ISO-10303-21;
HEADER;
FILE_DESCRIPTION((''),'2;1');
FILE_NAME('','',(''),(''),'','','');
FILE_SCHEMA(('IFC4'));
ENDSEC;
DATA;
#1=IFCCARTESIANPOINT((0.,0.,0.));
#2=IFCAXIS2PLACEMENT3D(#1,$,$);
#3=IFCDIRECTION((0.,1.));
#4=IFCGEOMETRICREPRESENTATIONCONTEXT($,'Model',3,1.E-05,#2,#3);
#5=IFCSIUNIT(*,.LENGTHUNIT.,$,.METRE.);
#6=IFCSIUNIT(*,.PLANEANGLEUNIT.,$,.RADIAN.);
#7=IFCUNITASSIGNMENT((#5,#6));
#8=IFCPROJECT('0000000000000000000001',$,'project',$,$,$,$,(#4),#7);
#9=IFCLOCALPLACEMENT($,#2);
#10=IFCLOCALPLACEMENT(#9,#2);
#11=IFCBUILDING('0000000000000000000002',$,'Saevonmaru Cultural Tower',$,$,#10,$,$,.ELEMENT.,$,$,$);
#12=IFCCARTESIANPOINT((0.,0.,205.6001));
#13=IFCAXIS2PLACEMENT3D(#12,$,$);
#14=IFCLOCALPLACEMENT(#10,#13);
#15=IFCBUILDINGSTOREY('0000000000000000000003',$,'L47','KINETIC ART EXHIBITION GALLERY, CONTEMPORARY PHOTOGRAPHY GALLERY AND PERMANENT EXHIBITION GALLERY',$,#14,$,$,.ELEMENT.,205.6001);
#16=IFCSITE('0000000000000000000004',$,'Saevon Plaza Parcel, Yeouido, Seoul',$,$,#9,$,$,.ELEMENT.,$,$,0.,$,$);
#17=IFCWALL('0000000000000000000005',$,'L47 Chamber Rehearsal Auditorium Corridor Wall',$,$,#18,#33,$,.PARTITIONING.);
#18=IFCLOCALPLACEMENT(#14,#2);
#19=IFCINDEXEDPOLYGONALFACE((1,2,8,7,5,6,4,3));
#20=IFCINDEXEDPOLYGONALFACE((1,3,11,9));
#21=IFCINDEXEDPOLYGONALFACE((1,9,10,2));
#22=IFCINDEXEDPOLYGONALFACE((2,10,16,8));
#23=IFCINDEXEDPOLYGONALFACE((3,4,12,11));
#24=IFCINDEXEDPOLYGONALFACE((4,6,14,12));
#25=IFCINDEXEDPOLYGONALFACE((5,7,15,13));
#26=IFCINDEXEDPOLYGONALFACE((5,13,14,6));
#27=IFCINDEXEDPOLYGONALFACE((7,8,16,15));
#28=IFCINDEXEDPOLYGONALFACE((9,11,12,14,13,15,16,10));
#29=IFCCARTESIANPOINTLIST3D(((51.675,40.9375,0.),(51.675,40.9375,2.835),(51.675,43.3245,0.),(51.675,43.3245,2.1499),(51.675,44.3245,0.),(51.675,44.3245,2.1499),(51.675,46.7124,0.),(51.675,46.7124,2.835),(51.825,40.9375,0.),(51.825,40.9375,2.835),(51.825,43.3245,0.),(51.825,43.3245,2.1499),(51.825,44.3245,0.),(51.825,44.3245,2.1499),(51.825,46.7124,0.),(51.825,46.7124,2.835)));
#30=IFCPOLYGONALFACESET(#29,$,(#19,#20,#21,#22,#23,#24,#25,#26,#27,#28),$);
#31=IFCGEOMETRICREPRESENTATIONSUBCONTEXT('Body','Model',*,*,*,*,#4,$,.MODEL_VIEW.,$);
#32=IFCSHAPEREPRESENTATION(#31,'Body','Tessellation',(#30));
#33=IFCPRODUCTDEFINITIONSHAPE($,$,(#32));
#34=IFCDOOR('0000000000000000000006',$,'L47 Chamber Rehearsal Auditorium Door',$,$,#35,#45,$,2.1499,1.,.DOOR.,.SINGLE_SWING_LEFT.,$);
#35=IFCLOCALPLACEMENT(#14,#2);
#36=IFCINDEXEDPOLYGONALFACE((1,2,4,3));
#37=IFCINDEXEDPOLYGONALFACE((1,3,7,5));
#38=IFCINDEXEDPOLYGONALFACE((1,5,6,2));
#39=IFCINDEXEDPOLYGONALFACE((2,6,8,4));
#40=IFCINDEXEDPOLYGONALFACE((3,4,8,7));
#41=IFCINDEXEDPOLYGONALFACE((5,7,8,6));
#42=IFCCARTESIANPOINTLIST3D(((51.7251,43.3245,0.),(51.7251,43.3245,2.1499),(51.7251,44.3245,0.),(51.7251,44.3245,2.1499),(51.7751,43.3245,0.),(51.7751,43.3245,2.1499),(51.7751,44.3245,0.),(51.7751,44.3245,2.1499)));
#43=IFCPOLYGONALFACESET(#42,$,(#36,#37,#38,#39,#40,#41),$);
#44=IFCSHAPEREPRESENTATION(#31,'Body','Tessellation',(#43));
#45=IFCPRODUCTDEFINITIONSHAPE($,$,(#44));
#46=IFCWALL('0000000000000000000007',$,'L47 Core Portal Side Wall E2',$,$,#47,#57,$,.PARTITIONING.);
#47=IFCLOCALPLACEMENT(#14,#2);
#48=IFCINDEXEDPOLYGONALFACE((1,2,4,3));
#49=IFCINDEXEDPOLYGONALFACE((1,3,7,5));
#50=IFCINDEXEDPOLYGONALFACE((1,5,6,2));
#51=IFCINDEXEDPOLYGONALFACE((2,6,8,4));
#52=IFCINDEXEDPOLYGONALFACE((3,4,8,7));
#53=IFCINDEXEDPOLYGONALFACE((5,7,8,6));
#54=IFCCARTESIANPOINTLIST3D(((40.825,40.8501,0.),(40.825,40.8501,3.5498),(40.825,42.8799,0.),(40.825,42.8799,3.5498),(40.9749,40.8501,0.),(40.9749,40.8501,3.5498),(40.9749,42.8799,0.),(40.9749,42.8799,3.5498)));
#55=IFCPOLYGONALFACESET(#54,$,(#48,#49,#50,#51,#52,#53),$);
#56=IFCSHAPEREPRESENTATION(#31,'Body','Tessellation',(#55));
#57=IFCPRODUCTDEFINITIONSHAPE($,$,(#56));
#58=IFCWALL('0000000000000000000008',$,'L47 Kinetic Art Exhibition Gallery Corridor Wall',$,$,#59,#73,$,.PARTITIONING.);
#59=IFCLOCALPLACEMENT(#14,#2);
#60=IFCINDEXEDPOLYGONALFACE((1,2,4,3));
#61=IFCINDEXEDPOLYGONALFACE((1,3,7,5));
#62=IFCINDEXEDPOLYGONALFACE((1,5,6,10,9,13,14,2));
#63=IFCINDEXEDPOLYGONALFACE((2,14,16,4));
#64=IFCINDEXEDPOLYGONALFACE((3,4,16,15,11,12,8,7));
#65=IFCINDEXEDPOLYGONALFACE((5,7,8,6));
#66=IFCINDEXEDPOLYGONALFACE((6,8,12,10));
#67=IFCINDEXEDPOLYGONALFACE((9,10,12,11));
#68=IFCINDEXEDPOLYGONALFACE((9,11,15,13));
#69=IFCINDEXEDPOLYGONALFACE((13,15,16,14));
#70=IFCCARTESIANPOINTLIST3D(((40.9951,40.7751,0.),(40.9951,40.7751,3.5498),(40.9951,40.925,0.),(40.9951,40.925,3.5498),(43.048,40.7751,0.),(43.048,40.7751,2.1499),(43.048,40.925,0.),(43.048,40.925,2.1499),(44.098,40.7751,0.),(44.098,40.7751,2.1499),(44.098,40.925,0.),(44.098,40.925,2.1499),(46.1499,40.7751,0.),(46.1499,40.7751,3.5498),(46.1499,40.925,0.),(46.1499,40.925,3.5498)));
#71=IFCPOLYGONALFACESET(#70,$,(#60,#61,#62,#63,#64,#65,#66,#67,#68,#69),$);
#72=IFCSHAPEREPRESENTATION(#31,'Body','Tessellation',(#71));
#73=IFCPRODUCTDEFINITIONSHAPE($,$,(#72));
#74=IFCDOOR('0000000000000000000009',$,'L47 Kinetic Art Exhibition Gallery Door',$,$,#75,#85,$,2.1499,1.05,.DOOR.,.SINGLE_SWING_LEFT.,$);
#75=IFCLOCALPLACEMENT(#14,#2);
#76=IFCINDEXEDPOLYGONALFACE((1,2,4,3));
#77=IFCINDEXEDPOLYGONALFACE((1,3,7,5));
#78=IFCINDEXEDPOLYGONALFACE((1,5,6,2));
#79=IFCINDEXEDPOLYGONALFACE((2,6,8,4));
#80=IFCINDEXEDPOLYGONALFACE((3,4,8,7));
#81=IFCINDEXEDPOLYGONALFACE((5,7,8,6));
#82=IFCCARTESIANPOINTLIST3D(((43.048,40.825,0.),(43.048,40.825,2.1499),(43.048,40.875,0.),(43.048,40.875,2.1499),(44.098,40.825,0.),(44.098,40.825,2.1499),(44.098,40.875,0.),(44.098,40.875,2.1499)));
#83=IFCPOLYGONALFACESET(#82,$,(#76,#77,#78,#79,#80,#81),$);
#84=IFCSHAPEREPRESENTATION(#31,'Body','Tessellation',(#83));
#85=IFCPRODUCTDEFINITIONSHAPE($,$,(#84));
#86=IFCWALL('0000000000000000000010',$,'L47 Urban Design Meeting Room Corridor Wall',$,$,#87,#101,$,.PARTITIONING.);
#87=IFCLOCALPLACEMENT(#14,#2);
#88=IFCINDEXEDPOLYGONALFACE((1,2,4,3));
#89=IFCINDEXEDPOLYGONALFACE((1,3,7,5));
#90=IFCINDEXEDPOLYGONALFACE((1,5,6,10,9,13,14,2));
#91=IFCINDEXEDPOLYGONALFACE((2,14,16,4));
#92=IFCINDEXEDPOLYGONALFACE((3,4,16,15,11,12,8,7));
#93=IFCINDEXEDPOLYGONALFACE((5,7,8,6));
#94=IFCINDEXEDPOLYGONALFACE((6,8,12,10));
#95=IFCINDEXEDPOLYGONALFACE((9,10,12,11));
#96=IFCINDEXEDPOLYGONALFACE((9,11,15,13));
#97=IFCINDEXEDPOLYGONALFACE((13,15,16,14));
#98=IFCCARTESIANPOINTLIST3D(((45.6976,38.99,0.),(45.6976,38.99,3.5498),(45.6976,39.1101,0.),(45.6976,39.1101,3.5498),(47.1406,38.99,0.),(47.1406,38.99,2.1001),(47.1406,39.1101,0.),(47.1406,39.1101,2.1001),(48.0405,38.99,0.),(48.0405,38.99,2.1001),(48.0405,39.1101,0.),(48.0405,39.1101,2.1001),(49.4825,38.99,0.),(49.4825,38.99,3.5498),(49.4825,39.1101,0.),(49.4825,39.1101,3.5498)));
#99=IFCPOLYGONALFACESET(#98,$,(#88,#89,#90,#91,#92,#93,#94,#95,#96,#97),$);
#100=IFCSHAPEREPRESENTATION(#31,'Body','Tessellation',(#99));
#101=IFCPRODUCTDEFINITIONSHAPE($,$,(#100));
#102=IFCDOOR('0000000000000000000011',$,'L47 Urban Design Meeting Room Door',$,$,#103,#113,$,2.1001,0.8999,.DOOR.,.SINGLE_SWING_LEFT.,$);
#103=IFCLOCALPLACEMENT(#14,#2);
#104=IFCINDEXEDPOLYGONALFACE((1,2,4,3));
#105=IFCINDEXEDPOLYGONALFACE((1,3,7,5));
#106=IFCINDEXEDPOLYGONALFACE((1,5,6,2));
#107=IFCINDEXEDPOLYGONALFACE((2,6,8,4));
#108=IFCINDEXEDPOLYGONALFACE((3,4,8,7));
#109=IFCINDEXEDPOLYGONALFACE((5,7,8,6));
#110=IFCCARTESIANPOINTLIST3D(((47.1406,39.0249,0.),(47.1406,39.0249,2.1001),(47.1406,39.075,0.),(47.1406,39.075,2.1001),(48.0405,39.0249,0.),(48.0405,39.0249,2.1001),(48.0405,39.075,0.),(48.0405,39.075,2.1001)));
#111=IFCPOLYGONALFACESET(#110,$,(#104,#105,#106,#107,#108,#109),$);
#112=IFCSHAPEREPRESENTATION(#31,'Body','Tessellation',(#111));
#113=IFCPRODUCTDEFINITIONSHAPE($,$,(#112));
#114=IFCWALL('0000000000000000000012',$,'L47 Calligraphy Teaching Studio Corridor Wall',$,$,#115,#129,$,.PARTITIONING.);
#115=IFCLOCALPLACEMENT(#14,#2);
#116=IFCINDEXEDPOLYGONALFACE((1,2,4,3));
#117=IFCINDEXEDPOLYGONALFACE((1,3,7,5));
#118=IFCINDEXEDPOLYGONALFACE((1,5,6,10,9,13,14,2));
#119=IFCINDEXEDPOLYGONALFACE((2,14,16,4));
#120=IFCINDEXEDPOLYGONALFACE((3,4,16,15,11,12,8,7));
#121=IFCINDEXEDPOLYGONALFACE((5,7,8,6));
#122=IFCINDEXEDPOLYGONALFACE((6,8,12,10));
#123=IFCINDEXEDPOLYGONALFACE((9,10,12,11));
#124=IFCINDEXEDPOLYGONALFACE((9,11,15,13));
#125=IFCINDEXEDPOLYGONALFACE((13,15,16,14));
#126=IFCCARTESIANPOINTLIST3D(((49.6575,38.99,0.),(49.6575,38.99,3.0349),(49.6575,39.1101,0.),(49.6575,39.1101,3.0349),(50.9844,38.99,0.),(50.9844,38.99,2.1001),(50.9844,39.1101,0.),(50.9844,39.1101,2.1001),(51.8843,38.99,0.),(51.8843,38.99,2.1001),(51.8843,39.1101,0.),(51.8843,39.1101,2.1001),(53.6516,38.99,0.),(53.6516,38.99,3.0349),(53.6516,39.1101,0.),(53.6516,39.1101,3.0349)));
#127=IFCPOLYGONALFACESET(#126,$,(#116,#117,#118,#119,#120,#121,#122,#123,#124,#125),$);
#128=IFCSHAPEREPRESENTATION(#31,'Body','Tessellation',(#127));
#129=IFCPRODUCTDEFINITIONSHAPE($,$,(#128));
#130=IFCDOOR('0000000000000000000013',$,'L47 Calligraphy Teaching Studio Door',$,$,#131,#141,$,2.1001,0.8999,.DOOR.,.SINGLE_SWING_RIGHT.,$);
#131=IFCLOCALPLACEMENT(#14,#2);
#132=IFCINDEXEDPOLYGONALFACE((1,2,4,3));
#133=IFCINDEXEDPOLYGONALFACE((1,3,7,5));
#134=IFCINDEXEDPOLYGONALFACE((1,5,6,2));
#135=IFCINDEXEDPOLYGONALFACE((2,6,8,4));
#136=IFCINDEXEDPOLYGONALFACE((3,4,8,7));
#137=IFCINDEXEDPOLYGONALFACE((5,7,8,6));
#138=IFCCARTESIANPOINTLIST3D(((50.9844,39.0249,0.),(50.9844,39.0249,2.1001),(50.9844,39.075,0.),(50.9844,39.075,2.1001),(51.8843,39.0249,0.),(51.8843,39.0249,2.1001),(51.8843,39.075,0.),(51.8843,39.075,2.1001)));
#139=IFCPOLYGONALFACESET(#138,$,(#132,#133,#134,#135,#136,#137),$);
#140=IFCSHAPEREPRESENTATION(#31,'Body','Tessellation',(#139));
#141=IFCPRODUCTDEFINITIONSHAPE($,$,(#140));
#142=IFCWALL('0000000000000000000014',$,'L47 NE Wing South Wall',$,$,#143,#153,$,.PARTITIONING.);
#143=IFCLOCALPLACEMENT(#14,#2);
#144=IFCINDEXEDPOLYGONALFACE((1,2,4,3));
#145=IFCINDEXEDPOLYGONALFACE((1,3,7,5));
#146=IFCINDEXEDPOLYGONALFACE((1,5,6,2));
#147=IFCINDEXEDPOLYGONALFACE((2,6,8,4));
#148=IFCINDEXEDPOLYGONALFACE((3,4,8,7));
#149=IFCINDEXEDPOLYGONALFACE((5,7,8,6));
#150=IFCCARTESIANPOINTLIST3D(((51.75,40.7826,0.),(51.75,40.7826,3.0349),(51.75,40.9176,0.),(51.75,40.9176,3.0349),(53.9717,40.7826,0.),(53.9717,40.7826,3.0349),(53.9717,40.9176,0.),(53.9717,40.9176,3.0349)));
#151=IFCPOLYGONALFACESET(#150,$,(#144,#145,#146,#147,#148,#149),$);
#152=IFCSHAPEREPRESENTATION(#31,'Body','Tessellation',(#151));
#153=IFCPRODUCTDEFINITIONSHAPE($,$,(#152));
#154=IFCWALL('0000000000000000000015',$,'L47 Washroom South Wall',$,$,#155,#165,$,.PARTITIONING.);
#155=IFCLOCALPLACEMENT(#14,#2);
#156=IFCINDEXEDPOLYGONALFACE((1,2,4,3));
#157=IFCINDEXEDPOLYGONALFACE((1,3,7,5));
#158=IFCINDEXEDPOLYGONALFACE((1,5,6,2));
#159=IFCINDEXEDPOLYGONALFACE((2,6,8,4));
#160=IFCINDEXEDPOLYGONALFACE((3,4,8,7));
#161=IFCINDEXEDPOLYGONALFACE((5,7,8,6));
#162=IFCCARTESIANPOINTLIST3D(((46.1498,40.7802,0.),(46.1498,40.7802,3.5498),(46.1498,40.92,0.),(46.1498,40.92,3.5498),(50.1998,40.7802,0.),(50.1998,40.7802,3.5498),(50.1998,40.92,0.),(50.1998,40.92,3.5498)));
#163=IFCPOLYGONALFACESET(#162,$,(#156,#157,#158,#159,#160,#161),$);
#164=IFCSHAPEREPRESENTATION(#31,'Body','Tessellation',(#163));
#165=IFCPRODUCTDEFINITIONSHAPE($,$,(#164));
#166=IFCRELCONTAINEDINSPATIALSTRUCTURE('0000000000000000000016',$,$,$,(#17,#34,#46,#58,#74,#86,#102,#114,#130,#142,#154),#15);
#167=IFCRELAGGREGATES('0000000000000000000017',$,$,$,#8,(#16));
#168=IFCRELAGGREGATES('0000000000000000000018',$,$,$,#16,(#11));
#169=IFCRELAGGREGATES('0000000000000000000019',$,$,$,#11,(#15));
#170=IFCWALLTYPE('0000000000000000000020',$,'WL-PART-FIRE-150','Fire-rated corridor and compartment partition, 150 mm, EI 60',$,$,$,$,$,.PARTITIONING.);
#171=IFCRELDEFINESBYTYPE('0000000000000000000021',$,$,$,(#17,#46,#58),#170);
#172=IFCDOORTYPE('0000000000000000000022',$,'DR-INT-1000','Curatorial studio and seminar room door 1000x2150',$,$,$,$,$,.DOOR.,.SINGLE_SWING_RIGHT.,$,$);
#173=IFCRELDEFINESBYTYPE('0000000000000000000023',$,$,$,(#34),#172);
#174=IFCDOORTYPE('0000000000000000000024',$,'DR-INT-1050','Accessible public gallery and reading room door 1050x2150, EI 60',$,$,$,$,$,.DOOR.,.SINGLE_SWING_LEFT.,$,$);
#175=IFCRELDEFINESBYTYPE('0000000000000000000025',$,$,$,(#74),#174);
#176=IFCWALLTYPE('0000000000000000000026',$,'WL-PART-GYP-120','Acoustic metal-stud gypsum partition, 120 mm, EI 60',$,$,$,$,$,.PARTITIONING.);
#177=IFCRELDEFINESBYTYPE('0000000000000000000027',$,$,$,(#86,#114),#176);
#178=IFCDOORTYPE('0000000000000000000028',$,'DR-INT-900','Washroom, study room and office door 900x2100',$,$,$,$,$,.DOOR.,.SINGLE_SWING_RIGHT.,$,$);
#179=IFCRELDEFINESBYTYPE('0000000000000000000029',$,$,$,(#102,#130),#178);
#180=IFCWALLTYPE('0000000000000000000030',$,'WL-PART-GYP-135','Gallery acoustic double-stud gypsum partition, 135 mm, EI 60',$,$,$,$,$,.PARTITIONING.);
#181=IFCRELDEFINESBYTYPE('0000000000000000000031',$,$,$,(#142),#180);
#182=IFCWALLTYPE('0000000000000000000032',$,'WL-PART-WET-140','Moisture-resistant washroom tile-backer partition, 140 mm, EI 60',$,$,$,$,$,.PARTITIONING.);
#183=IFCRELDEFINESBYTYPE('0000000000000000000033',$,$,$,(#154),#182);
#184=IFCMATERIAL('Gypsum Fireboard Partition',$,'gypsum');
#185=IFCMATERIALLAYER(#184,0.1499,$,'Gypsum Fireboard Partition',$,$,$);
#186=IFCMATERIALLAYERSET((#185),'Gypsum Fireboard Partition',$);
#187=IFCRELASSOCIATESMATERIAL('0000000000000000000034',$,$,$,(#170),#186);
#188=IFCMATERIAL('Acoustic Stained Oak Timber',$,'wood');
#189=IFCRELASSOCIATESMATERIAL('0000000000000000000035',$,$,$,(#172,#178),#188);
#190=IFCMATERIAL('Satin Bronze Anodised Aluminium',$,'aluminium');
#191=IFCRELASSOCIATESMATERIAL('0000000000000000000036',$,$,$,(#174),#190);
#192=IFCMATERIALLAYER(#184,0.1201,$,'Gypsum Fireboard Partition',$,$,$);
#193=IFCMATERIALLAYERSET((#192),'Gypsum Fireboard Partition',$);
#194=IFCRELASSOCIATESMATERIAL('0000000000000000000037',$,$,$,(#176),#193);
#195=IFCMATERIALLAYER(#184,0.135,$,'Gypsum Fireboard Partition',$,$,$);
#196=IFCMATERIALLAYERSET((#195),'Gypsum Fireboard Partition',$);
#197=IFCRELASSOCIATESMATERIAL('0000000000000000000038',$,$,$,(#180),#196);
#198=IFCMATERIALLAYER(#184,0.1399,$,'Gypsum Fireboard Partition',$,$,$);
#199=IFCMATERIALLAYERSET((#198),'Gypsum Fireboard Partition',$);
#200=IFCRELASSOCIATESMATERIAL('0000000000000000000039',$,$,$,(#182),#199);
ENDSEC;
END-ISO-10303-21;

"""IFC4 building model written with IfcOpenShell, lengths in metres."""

from ifc_helpers import new_model, si_unit, direction, frame, frame_2d, origin, place, context, subcontext, project, spatial, rectangle, extrude, material, layer, layer_set, type_object, element, fill, save


model = new_model("IFC4")

# Units and contexts
model_context = context("Model", 3, precision=1e-05, world=origin(), true_north=direction((0.0, 1.0)))
body_context = subcontext(model_context, "Body", "Model", "MODEL_VIEW")
ifc_project = project(units=[si_unit("LENGTHUNIT", "METRE"), si_unit("PLANEANGLEUNIT", "RADIAN")], contexts=[model_context])

# Site, building, storey
site_placement = place(None, origin())
site = spatial("IfcSite", under=ifc_project, at=site_placement, Name="Saevon Plaza Parcel, Yeouido, Seoul", CompositionType="ELEMENT", RefElevation=0.0)
building_placement = place(site_placement, origin())
building = spatial("IfcBuilding", under=site, at=building_placement, Name="Saevonmaru Cultural Tower", CompositionType="ELEMENT")
storey_placement = place(building_placement, frame((0.0, 0.0, 205.6001)))
storey = spatial("IfcBuildingStorey", under=building, at=storey_placement, Name="L47", Description="KINETIC ART EXHIBITION GALLERY, CONTEMPORARY PHOTOGRAPHY GALLERY AND PERMANENT EXHIBITION GALLERY", CompositionType="ELEMENT", Elevation=205.6001)

# Shared definitions
ifc_material_1 = material(Name="Satin Bronze Anodised Aluminium", Category="aluminium")

# Wall, opening, door
ifc_material_2 = material(Name="Gypsum Fireboard Partition", Category="gypsum")
ifc_layer_1 = layer(ifc_material_2, 0.1499, Name="Gypsum Fireboard Partition")
ifc_layer_set_1 = layer_set([ifc_layer_1], Name="Gypsum Fireboard Partition")
wall_type_1 = type_object("IfcWallType", Name="WL-PART-FIRE-150", Description="Fire-rated corridor and compartment partition, 150 mm, EI 60", PredefinedType="PARTITIONING", material=ifc_layer_set_1)
wall_1_placement = place(storey_placement, frame((51.75, 40.9375, 0.0), z_axis=(0.0, 0.0, 1.0), x_axis=(0.0, 1.0, 0.0)))
wall_1 = element("IfcWall", 1, at=wall_1_placement, inside=storey, type_object=wall_type_1, Name="L47 Chamber Rehearsal Auditorium Corridor Wall", PredefinedType="PARTITIONING", context=body_context, shape_type="SweptSolid", body=[
    extrude(rectangle(XDim=5.7749, YDim=0.1499, at=frame_2d((2.8875, 0.0))), origin(), (0.0, 0.0, 1.0), 2.835),
])
opening_1_placement = place(wall_1_placement, frame((2.387, 0.0, 0.0)))
opening_1 = element("IfcOpeningElement", 2, at=opening_1_placement, cuts=wall_1, PredefinedType="OPENING", context=body_context, shape_type="SweptSolid", body=[
    extrude(rectangle(XDim=1.0, YDim=2.1499, at=frame_2d((0.5, 1.075))), frame((0.0, 0.085, 0.0), z_axis=(0.0, -1.0, 0.0), x_axis=(1.0, 0.0, 0.0)), (0.0, 0.0, 1.0), 0.1699),
])
ifc_material_3 = material(Name="Acoustic Stained Oak Timber", Category="wood")
door_type_1 = type_object("IfcDoorType", Name="DR-INT-1000", Description="Curatorial studio and seminar room door 1000x2150", OperationType="SINGLE_SWING_RIGHT", PredefinedType="DOOR", material=ifc_material_3)
door_1_placement = place(opening_1_placement, origin())
door_1 = element("IfcDoor", 3, at=door_1_placement, inside=storey, type_object=door_type_1, Name="L47 Chamber Rehearsal Auditorium Door", OperationType="SINGLE_SWING_LEFT", OverallHeight=2.1499, OverallWidth=1.0, PredefinedType="DOOR", context=body_context, shape_type="SweptSolid", body=[
    extrude(rectangle(XDim=1.0, YDim=2.1499, at=frame_2d((0.5, 1.075))), frame((0.0, 0.0249, 0.0), z_axis=(0.0, -1.0, 0.0), x_axis=(1.0, 0.0, 0.0)), (0.0, 0.0, 1.0), 0.05),
])
fill(opening_1, door_1)

# Wall
wall_2_placement = place(storey_placement, frame((40.8999, 40.8501, 0.0), z_axis=(0.0, 0.0, 1.0), x_axis=(0.0, 1.0, 0.0)))
element("IfcWall", 4, at=wall_2_placement, inside=storey, type_object=wall_type_1, Name="L47 Core Portal Side Wall E2", PredefinedType="PARTITIONING", context=body_context, shape_type="SweptSolid", body=[
    extrude(rectangle(XDim=2.0298, YDim=0.1499, at=frame_2d((1.0149, 0.0))), origin(), (0.0, 0.0, 1.0), 3.5498),
])

# Walls, openings, doors
wall_3_placement = place(storey_placement, frame((40.9951, 40.8501, 0.0), z_axis=(0.0, 0.0, 1.0), x_axis=(1.0, 0.0, 0.0)))
wall_3 = element("IfcWall", 5, at=wall_3_placement, inside=storey, type_object=wall_type_1, Name="L47 Kinetic Art Exhibition Gallery Corridor Wall", PredefinedType="PARTITIONING", context=body_context, shape_type="SweptSolid", body=[
    extrude(rectangle(XDim=5.1548, YDim=0.1499, at=frame_2d((2.5774, 0.0))), origin(), (0.0, 0.0, 1.0), 3.5498),
])
opening_2_placement = place(wall_3_placement, frame((2.053, 0.0, 0.0)))
opening_2 = element("IfcOpeningElement", 6, at=opening_2_placement, cuts=wall_3, PredefinedType="OPENING", context=body_context, shape_type="SweptSolid", body=[
    extrude(rectangle(XDim=1.05, YDim=2.1499, at=frame_2d((0.5249, 1.075))), frame((0.0, 0.085, 0.0), z_axis=(0.0, -1.0, 0.0), x_axis=(1.0, 0.0, 0.0)), (0.0, 0.0, 1.0), 0.1699),
])
door_type_2 = type_object("IfcDoorType", Name="DR-INT-1050", Description="Accessible public gallery and reading room door 1050x2150, EI 60", OperationType="SINGLE_SWING_LEFT", PredefinedType="DOOR", material=ifc_material_1)
door_2_placement = place(opening_2_placement, origin())
door_2 = element("IfcDoor", 7, at=door_2_placement, inside=storey, type_object=door_type_2, Name="L47 Kinetic Art Exhibition Gallery Door", OperationType="SINGLE_SWING_LEFT", OverallHeight=2.1499, OverallWidth=1.05, PredefinedType="DOOR", context=body_context, shape_type="SweptSolid", body=[
    extrude(rectangle(XDim=1.05, YDim=2.1499, at=frame_2d((0.5249, 1.075))), frame((0.0, 0.0249, 0.0), z_axis=(0.0, -1.0, 0.0), x_axis=(1.0, 0.0, 0.0)), (0.0, 0.0, 1.0), 0.05),
])
fill(opening_2, door_2)
ifc_layer_2 = layer(ifc_material_2, 0.1201, Name="Gypsum Fireboard Partition")
ifc_layer_set_2 = layer_set([ifc_layer_2], Name="Gypsum Fireboard Partition")
wall_type_2 = type_object("IfcWallType", Name="WL-PART-GYP-120", Description="Acoustic metal-stud gypsum partition, 120 mm, EI 60", PredefinedType="PARTITIONING", material=ifc_layer_set_2)
wall_4_placement = place(storey_placement, frame((45.6975, 39.05, 0.0), z_axis=(0.0, 0.0, 1.0), x_axis=(1.0, 0.0, 0.0)))
wall_4 = element("IfcWall", 8, at=wall_4_placement, inside=storey, type_object=wall_type_2, Name="L47 Urban Design Meeting Room Corridor Wall", PredefinedType="PARTITIONING", context=body_context, shape_type="SweptSolid", body=[
    extrude(rectangle(XDim=3.7849, YDim=0.1201, at=frame_2d((1.8926, 0.0))), origin(), (0.0, 0.0, 1.0), 3.5498),
])
opening_3_placement = place(wall_4_placement, frame((1.4431, 0.0, 0.0)))
opening_3 = element("IfcOpeningElement", 9, at=opening_3_placement, cuts=wall_4, PredefinedType="OPENING", context=body_context, shape_type="SweptSolid", body=[
    extrude(rectangle(XDim=0.8999, YDim=2.1001, at=frame_2d((0.45, 1.05))), frame((0.0, 0.0701, 0.0), z_axis=(0.0, -1.0, 0.0), x_axis=(1.0, 0.0, 0.0)), (0.0, 0.0, 1.0), 0.1401),
])
door_type_3 = type_object("IfcDoorType", Name="DR-INT-900", Description="Washroom, study room and office door 900x2100", OperationType="SINGLE_SWING_RIGHT", PredefinedType="DOOR", material=ifc_material_3)
door_3_placement = place(opening_3_placement, origin())
door_3 = element("IfcDoor", 10, at=door_3_placement, inside=storey, type_object=door_type_3, Name="L47 Urban Design Meeting Room Door", OperationType="SINGLE_SWING_LEFT", OverallHeight=2.1001, OverallWidth=0.8999, PredefinedType="DOOR", context=body_context, shape_type="SweptSolid", body=[
    extrude(rectangle(XDim=0.8999, YDim=2.1001, at=frame_2d((0.45, 1.05))), frame((0.0, 0.0249, 0.0), z_axis=(0.0, -1.0, 0.0), x_axis=(1.0, 0.0, 0.0)), (0.0, 0.0, 1.0), 0.05),
])
fill(opening_3, door_3)
wall_5_placement = place(storey_placement, frame((49.6575, 39.05, 0.0), z_axis=(0.0, 0.0, 1.0), x_axis=(1.0, 0.0, 0.0)))
wall_5 = element("IfcWall", 11, at=wall_5_placement, inside=storey, type_object=wall_type_2, Name="L47 Calligraphy Teaching Studio Corridor Wall", PredefinedType="PARTITIONING", context=body_context, shape_type="SweptSolid", body=[
    extrude(rectangle(XDim=3.9941, YDim=0.1201, at=frame_2d((1.9971, 0.0))), origin(), (0.0, 0.0, 1.0), 3.0349),
])
opening_4_placement = place(wall_5_placement, frame((1.3269, 0.0, 0.0)))
opening_4 = element("IfcOpeningElement", 12, at=opening_4_placement, cuts=wall_5, PredefinedType="OPENING", context=body_context, shape_type="SweptSolid", body=[
    extrude(rectangle(XDim=0.8999, YDim=2.1001, at=frame_2d((0.45, 1.05))), frame((0.0, 0.0701, 0.0), z_axis=(0.0, -1.0, 0.0), x_axis=(1.0, 0.0, 0.0)), (0.0, 0.0, 1.0), 0.1401),
])
door_4_placement = place(opening_4_placement, origin())
door_4 = element("IfcDoor", 13, at=door_4_placement, inside=storey, type_object=door_type_3, Name="L47 Calligraphy Teaching Studio Door", OperationType="SINGLE_SWING_RIGHT", OverallHeight=2.1001, OverallWidth=0.8999, PredefinedType="DOOR", context=body_context, shape_type="SweptSolid", body=[
    extrude(rectangle(XDim=0.8999, YDim=2.1001, at=frame_2d((0.45, 1.05))), frame((0.0, 0.0249, 0.0), z_axis=(0.0, -1.0, 0.0), x_axis=(1.0, 0.0, 0.0)), (0.0, 0.0, 1.0), 0.05),
])
fill(opening_4, door_4)

# Walls
ifc_layer_3 = layer(ifc_material_2, 0.135, Name="Gypsum Fireboard Partition")
ifc_layer_set_3 = layer_set([ifc_layer_3], Name="Gypsum Fireboard Partition")
wall_type_3 = type_object("IfcWallType", Name="WL-PART-GYP-135", Description="Gallery acoustic double-stud gypsum partition, 135 mm, EI 60", PredefinedType="PARTITIONING", material=ifc_layer_set_3)
wall_6_placement = place(storey_placement, frame((51.75, 40.8501, 0.0), z_axis=(0.0, 0.0, 1.0), x_axis=(1.0, 0.0, 0.0)))
element("IfcWall", 14, at=wall_6_placement, inside=storey, type_object=wall_type_3, Name="L47 NE Wing South Wall", PredefinedType="PARTITIONING", context=body_context, shape_type="SweptSolid", body=[
    extrude(rectangle(XDim=2.2217, YDim=0.135, at=frame_2d((1.1108, 0.0))), origin(), (0.0, 0.0, 1.0), 3.0349),
])
ifc_layer_4 = layer(ifc_material_2, 0.1399, Name="Gypsum Fireboard Partition")
ifc_layer_set_4 = layer_set([ifc_layer_4], Name="Gypsum Fireboard Partition")
wall_type_4 = type_object("IfcWallType", Name="WL-PART-WET-140", Description="Moisture-resistant washroom tile-backer partition, 140 mm, EI 60", PredefinedType="PARTITIONING", material=ifc_layer_set_4)
wall_7_placement = place(storey_placement, frame((46.1499, 40.8501, 0.0), z_axis=(0.0, 0.0, 1.0), x_axis=(1.0, 0.0, 0.0)))
element("IfcWall", 15, at=wall_7_placement, inside=storey, type_object=wall_type_4, Name="L47 Washroom South Wall", PredefinedType="PARTITIONING", context=body_context, shape_type="SweptSolid", body=[
    extrude(rectangle(XDim=4.05, YDim=0.1399, at=frame_2d((2.0249, 0.0))), origin(), (0.0, 0.0, 1.0), 3.5498),
])

save(model, "model.ifc")
